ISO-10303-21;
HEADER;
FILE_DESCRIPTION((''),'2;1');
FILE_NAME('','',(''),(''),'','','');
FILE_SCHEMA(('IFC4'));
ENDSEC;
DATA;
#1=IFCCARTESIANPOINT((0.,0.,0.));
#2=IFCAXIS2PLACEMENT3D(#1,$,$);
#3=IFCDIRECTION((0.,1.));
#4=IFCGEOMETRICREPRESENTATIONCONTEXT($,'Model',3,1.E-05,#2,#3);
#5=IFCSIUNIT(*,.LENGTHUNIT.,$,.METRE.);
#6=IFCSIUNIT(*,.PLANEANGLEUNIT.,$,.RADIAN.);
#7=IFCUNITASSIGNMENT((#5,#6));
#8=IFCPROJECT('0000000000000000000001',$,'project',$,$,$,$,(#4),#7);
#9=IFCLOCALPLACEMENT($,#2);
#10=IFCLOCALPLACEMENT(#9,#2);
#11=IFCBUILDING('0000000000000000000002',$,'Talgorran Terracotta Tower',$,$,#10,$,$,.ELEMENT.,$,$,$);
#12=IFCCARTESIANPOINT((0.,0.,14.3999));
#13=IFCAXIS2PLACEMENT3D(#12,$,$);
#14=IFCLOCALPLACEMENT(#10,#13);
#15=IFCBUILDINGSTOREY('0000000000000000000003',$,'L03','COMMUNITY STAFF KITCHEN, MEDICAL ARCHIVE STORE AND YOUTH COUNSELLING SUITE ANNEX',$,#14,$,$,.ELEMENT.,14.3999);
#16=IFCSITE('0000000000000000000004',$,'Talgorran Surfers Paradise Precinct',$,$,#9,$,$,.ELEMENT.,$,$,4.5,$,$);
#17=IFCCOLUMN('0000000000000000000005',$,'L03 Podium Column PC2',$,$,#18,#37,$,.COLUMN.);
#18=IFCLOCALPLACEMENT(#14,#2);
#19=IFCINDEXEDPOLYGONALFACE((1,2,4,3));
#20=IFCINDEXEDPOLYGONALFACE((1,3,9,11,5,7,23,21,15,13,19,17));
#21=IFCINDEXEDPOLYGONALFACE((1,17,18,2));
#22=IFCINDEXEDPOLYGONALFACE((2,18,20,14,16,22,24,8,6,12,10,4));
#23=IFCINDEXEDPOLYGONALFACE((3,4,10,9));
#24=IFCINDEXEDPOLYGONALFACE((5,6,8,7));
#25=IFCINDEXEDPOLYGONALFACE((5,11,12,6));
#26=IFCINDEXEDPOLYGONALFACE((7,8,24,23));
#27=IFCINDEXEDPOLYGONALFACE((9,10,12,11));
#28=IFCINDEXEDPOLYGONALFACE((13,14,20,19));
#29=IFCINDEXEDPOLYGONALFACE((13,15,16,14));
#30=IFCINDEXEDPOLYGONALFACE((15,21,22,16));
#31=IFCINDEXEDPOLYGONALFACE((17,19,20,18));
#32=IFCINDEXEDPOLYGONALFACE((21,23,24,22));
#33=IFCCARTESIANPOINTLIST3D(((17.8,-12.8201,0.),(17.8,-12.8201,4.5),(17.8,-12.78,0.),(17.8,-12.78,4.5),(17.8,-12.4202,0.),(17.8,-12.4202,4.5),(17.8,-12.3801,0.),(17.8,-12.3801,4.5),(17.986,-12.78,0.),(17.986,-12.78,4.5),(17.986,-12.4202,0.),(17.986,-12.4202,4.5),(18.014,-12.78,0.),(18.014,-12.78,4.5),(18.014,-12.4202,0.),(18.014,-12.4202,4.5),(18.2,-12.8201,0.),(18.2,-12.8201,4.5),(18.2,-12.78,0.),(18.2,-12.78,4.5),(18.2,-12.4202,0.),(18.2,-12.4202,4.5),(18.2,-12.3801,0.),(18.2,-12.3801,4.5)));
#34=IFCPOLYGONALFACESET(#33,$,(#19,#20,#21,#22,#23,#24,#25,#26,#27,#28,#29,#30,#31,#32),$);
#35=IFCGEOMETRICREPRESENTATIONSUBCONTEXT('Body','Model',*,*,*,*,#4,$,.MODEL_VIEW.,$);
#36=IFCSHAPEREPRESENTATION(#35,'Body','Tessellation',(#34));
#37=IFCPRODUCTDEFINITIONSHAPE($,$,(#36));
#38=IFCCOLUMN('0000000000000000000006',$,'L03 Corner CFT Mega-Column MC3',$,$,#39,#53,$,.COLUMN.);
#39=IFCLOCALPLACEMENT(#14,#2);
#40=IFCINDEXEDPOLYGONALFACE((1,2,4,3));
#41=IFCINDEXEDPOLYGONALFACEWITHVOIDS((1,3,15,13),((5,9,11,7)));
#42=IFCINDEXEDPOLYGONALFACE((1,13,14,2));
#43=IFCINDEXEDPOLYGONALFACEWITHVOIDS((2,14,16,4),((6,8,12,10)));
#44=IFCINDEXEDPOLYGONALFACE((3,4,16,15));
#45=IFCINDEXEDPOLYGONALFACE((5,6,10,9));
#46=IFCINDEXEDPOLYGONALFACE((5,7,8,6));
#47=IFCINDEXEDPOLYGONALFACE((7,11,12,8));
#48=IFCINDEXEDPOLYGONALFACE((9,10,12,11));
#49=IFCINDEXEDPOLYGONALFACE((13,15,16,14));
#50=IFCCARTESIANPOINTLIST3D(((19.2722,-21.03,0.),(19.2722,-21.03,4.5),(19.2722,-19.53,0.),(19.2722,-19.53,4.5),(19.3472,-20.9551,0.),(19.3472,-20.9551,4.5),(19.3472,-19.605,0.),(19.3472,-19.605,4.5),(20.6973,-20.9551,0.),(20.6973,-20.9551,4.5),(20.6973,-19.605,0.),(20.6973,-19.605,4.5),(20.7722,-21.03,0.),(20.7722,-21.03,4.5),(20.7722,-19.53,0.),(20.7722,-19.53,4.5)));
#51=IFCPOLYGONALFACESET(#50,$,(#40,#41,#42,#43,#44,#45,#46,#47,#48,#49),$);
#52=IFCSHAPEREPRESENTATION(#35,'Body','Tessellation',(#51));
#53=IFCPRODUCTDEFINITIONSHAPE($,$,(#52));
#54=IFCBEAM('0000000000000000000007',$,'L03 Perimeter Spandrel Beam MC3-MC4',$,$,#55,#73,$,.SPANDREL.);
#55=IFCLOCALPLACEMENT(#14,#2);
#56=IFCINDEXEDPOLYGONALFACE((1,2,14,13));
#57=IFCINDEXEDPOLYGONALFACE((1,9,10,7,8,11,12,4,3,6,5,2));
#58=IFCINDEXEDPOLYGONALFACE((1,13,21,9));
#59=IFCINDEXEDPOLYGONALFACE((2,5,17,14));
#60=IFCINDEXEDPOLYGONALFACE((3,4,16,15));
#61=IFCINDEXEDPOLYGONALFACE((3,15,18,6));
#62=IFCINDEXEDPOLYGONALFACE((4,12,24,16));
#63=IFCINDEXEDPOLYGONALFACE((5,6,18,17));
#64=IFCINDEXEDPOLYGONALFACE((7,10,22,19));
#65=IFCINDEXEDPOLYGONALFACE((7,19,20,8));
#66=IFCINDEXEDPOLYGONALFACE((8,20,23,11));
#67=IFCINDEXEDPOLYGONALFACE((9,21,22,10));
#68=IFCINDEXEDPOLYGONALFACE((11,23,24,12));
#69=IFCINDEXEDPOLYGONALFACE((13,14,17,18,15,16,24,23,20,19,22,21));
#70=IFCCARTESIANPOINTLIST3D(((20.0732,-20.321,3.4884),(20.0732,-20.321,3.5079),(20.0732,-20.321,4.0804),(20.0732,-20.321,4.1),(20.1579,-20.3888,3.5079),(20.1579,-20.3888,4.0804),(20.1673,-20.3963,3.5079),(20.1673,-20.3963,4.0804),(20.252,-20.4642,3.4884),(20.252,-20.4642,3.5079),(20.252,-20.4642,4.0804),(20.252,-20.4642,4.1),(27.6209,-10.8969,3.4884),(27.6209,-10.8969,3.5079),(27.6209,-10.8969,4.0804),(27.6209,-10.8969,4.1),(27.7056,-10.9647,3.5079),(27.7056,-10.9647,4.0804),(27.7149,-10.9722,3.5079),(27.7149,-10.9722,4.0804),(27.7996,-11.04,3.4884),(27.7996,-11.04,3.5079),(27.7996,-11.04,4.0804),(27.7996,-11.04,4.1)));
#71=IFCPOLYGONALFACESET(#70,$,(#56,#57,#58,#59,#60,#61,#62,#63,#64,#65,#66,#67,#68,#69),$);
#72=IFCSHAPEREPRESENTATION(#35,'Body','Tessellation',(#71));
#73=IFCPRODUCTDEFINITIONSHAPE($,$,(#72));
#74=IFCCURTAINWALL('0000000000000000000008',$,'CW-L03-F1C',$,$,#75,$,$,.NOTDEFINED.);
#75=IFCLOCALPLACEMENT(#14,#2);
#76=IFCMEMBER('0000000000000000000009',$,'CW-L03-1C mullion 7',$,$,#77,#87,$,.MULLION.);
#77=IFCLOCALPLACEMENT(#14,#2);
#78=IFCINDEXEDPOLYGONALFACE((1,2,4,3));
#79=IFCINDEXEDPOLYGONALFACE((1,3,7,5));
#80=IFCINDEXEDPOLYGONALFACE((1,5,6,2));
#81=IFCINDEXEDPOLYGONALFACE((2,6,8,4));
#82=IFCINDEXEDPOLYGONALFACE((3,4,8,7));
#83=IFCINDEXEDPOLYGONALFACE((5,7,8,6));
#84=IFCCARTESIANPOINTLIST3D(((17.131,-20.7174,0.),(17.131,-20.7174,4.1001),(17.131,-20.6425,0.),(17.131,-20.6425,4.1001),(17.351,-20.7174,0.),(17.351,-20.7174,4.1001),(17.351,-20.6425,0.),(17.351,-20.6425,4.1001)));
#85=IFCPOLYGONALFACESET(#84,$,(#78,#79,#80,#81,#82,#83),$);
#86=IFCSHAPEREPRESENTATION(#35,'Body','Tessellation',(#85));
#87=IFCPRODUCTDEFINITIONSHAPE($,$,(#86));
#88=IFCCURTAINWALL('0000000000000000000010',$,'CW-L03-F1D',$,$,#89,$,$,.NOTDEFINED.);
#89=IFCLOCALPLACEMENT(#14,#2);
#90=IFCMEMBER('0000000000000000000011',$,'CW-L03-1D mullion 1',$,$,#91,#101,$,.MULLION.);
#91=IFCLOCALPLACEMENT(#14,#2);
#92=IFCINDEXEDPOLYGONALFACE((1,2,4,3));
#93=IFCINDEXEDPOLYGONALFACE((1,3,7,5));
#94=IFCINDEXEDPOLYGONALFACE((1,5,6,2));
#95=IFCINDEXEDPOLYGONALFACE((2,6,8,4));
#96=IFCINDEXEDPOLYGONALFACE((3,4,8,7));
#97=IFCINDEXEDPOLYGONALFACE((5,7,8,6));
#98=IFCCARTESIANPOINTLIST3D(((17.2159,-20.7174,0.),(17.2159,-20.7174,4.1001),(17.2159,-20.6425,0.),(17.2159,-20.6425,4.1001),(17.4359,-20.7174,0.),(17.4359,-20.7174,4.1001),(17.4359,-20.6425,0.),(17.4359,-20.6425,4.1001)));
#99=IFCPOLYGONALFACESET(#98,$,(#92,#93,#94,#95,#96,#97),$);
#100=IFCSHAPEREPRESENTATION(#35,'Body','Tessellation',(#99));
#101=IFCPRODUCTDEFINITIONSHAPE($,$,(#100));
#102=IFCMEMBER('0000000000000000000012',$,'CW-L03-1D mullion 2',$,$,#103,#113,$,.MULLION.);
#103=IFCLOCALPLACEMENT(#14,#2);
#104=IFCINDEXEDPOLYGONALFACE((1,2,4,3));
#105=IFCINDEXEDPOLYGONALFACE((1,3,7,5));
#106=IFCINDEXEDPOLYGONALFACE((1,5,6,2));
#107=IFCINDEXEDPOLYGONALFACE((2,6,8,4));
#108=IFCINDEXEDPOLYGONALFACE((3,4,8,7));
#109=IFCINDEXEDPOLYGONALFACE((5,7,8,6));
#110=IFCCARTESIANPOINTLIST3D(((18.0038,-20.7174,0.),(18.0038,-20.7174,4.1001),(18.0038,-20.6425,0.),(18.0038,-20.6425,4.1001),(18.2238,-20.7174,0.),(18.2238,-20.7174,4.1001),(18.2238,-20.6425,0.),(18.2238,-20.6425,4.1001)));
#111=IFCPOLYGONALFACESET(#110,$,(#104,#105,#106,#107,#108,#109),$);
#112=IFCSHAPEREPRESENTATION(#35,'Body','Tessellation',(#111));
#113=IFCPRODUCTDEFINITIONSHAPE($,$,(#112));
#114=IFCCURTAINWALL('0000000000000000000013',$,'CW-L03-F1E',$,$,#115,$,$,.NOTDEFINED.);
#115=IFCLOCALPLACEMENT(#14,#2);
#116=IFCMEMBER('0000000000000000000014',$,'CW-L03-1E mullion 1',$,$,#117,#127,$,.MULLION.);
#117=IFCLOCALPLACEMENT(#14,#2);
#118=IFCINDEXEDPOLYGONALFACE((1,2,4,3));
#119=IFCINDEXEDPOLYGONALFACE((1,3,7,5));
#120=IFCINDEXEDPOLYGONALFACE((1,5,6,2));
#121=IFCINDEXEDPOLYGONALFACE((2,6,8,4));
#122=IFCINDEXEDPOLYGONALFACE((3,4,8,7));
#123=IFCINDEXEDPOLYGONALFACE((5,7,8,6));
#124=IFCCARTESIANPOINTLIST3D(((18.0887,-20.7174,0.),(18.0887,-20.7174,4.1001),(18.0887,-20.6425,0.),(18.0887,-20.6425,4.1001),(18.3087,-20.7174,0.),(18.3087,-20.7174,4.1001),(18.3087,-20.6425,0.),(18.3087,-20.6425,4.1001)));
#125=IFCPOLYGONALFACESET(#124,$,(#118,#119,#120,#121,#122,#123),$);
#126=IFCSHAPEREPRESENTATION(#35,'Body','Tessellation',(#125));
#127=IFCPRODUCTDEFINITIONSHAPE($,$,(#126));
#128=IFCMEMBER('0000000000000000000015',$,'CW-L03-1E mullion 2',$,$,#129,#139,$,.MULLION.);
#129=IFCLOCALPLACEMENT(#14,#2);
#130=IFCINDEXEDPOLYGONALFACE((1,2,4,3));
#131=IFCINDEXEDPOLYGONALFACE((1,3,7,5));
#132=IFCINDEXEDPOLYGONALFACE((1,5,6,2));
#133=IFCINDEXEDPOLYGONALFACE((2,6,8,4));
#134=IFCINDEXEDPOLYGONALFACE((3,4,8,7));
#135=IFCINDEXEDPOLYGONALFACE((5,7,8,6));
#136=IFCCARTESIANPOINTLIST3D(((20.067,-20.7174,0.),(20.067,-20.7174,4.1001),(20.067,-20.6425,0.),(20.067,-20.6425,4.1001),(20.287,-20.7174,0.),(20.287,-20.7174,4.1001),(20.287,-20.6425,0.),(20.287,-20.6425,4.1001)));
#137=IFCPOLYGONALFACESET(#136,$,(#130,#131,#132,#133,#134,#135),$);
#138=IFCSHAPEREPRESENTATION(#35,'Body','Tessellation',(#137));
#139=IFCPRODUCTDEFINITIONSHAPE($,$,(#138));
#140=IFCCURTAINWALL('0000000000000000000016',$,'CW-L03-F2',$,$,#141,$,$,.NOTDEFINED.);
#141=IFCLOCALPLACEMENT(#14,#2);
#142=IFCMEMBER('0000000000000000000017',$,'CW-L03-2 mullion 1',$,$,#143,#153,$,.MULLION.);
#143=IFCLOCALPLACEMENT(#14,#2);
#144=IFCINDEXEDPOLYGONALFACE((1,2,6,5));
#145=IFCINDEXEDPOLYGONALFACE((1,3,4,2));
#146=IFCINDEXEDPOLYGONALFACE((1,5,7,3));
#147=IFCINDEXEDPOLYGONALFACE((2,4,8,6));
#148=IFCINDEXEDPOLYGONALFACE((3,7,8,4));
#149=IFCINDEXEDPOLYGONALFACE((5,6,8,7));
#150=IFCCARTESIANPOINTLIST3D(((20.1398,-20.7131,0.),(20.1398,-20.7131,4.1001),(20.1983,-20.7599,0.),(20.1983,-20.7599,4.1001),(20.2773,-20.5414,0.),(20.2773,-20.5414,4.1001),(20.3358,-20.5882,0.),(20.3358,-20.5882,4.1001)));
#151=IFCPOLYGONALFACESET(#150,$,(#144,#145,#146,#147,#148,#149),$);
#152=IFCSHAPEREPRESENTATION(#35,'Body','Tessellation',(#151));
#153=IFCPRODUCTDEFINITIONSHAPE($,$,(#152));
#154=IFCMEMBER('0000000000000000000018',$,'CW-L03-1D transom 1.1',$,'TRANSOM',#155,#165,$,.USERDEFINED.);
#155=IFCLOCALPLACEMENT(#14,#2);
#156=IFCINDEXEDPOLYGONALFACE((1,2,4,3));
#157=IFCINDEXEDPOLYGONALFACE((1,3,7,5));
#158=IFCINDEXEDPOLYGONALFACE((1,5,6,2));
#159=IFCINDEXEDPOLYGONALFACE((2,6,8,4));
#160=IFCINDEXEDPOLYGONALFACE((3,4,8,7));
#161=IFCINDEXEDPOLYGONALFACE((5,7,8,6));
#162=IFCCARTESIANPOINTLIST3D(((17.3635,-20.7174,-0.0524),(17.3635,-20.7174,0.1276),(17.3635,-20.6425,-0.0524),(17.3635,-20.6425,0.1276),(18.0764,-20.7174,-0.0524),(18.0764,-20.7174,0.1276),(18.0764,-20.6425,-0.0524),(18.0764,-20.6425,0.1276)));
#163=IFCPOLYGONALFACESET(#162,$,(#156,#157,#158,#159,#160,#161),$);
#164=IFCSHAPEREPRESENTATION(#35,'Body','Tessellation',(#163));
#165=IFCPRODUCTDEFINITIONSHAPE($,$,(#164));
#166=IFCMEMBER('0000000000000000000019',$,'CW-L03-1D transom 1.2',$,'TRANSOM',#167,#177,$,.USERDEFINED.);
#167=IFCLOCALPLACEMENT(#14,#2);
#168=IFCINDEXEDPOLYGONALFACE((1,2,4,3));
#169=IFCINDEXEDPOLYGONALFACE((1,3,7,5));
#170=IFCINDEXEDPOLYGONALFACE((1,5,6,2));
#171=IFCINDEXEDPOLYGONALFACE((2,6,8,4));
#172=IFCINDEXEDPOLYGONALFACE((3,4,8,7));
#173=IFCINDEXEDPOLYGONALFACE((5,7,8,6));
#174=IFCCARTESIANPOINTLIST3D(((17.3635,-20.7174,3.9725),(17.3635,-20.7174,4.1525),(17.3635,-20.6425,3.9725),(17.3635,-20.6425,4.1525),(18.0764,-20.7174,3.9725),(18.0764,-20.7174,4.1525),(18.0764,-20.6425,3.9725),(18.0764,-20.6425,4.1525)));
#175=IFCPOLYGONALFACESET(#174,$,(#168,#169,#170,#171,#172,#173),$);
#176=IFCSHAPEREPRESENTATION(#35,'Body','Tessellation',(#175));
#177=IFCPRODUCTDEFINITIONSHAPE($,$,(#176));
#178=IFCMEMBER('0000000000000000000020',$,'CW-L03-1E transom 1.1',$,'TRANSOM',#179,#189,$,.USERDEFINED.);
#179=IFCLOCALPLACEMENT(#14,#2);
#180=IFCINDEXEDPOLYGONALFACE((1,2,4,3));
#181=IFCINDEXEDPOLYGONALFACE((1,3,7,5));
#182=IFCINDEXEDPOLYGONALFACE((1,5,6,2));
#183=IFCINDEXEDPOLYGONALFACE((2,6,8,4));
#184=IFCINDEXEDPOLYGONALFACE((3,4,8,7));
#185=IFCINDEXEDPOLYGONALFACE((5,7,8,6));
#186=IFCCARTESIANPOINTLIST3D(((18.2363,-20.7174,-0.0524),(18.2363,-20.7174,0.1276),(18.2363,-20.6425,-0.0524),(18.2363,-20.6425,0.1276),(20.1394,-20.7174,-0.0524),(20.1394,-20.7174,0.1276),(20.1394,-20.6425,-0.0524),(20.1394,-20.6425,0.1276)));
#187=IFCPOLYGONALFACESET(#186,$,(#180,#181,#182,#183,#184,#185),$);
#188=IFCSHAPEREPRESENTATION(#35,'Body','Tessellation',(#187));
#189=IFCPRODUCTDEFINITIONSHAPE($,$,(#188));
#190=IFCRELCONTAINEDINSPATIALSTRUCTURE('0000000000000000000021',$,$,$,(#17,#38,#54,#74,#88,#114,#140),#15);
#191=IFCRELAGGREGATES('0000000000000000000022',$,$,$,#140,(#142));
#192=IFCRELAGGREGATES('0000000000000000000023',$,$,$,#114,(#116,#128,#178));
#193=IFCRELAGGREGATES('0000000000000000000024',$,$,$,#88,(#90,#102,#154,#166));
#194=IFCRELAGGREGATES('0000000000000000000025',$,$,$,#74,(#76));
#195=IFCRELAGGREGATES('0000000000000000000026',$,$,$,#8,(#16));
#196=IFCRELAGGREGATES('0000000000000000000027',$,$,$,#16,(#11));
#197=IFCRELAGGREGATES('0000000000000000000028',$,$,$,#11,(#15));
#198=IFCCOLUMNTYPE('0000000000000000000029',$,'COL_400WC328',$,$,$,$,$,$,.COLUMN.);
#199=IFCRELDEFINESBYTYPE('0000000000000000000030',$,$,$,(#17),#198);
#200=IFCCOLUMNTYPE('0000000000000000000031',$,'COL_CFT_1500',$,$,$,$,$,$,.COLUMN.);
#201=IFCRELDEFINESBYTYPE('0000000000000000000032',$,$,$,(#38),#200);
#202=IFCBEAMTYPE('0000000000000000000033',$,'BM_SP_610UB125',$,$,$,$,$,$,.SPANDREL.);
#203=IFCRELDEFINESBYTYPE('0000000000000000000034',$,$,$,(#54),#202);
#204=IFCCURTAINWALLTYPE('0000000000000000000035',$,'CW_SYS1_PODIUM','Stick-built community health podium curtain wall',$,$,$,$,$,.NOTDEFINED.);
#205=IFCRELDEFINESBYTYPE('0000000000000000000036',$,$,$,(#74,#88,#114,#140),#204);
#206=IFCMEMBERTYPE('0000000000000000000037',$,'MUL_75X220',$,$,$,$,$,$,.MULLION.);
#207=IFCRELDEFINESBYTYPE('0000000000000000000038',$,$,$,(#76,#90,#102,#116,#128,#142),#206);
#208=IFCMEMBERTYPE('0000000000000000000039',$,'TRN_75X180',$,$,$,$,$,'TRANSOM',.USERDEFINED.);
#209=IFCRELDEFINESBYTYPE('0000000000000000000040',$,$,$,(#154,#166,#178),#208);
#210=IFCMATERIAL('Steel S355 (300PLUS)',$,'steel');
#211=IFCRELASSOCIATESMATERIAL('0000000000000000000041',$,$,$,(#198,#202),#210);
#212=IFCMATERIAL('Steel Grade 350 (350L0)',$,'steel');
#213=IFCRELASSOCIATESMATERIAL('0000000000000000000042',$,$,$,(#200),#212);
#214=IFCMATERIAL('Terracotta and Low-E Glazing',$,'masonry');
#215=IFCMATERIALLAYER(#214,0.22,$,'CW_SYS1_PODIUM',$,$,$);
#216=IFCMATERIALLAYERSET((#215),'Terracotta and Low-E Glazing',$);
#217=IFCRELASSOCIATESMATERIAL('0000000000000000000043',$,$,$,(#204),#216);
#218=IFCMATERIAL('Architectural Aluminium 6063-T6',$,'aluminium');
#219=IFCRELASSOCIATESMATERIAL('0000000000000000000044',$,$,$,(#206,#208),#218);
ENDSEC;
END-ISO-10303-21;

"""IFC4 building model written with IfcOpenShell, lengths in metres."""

from ifc_helpers import new_model, si_unit, direction, frame, origin, origin_2d, place, context, subcontext, project, spatial, rectangle, hollow_rectangle, i_section, extrude, material, layer, layer_set, material_profile, profile_set, type_object, element, aggregate, save


model = new_model("IFC4")

# Units and contexts
model_context = context("Model", 3, precision=1e-05, world=origin(), true_north=direction((0.0, 1.0)))
body_context = subcontext(model_context, "Body", "Model", "MODEL_VIEW")
ifc_project = project(units=[si_unit("LENGTHUNIT", "METRE"), si_unit("PLANEANGLEUNIT", "RADIAN")], contexts=[model_context])

# Site, building, storey
site_placement = place(None, origin())
site = spatial("IfcSite", under=ifc_project, at=site_placement, Name="Talgorran Surfers Paradise Precinct", CompositionType="ELEMENT", RefElevation=4.5)
building_placement = place(site_placement, origin())
building = spatial("IfcBuilding", under=site, at=building_placement, Name="Talgorran Terracotta Tower", CompositionType="ELEMENT")
storey_placement = place(building_placement, frame((0.0, 0.0, 14.3999)))
storey = spatial("IfcBuildingStorey", under=building, at=storey_placement, Name="L03", Description="COMMUNITY STAFF KITCHEN, MEDICAL ARCHIVE STORE AND YOUTH COUNSELLING SUITE ANNEX", CompositionType="ELEMENT", Elevation=14.3999)

# Columns
ifc_material_1 = material(Name="Steel S355 (300PLUS)", Category="steel")
ifc_material_profile_1 = material_profile(ifc_material_1, i_section(OverallWidth=0.3999, OverallDepth=0.4399, WebThickness=0.0281, FlangeThickness=0.04, at=origin_2d()), Name="400WC328")
ifc_profile_set_1 = profile_set([ifc_material_profile_1], Name="Steel S355 (300PLUS)")
column_type_1 = type_object("IfcColumnType", Name="COL_400WC328", PredefinedType="COLUMN", material=ifc_profile_set_1)
column_1_placement = place(storey_placement, frame((18.0, -12.6001, 0.0), z_axis=(0.0, 0.0, 1.0), x_axis=(1.0, 0.0, 0.0)))
element("IfcColumn", 1, at=column_1_placement, inside=storey, type_object=column_type_1, Name="L03 Podium Column PC2", PredefinedType="COLUMN", context=body_context, shape_type="SweptSolid", body=[
    extrude(i_section(OverallWidth=0.3999, OverallDepth=0.4399, WebThickness=0.0281, FlangeThickness=0.04, at=origin_2d()), origin(), (0.0, 0.0, 1.0), 4.5),
])
ifc_material_2 = material(Name="Steel Grade 350 (350L0)", Category="steel")
ifc_material_profile_2 = material_profile(ifc_material_2, hollow_rectangle(XDim=1.5, YDim=1.5, WallThickness=0.075, at=origin_2d()), Name="CFT1500X1500X75")
ifc_profile_set_2 = profile_set([ifc_material_profile_2], Name="Steel Grade 350 (350L0)")
column_type_2 = type_object("IfcColumnType", Name="COL_CFT_1500", PredefinedType="COLUMN", material=ifc_profile_set_2)
column_2_placement = place(storey_placement, frame((20.0222, -20.28, 0.0), z_axis=(0.0, 0.0, 1.0), x_axis=(1.0, 0.0, 0.0)))
element("IfcColumn", 2, at=column_2_placement, inside=storey, type_object=column_type_2, Name="L03 Corner CFT Mega-Column MC3", PredefinedType="COLUMN", context=body_context, shape_type="SweptSolid", body=[
    extrude(hollow_rectangle(XDim=1.5, YDim=1.5, WallThickness=0.075, at=origin_2d()), origin(), (0.0, 0.0, 1.0), 4.5),
])

# Beam
ifc_material_profile_3 = material_profile(ifc_material_1, i_section(OverallWidth=0.229, OverallDepth=0.6116, WebThickness=0.012, FlangeThickness=0.0195, at=origin_2d()), Name="610UB125")
ifc_profile_set_3 = profile_set([ifc_material_profile_3], Name="Steel S355 (300PLUS)")
beam_type = type_object("IfcBeamType", Name="BM_SP_610UB125", PredefinedType="SPANDREL", material=ifc_profile_set_3)
beam_placement = place(storey_placement, frame((20.1626, -20.3926, 3.7942), z_axis=(0.625117, 0.780531, 0.0), x_axis=(-0.780531, 0.625117, 0.0)))
element("IfcBeam", 3, at=beam_placement, inside=storey, type_object=beam_type, Name="L03 Perimeter Spandrel Beam MC3-MC4", PredefinedType="SPANDREL", context=body_context, shape_type="SweptSolid", body=[
    extrude(i_section(OverallWidth=0.229, OverallDepth=0.6116, WebThickness=0.012, FlangeThickness=0.0195, at=origin_2d()), origin(), (0.0, 0.0, 1.0), 12.074),
])

# Curtain wall, member
ifc_material_3 = material(Name="Terracotta and Low-E Glazing", Category="masonry")
ifc_layer_1 = layer(ifc_material_3, 0.22, Name="CW_SYS1_PODIUM")
ifc_layer_set_1 = layer_set([ifc_layer_1], Name="Terracotta and Low-E Glazing")
curtain_wall_type = type_object("IfcCurtainWallType", Name="CW_SYS1_PODIUM", Description="Stick-built community health podium curtain wall", PredefinedType="NOTDEFINED", material=ifc_layer_set_1)
curtain_wall_1_placement = place(storey_placement, origin())
curtain_wall_1 = element("IfcCurtainWall", 4, at=curtain_wall_1_placement, inside=storey, type_object=curtain_wall_type, Name="CW-L03-F1C", PredefinedType="NOTDEFINED")
ifc_material_4 = material(Name="Architectural Aluminium 6063-T6", Category="aluminium")
ifc_material_profile_4 = material_profile(ifc_material_4, rectangle(XDim=0.075, YDim=0.22, at=origin_2d()), Name="CWM75X220")
ifc_profile_set_4 = profile_set([ifc_material_profile_4], Name="Architectural Aluminium 6063-T6")
member_type_1 = type_object("IfcMemberType", Name="MUL_75X220", PredefinedType="MULLION", material=ifc_profile_set_4)
member_1_placement = place(storey_placement, frame((17.241, -20.6799, 0.0), z_axis=(0.0, 0.0, 1.0), x_axis=(0.0, 1.0, 0.0)))
member_1 = element("IfcMember", 5, at=member_1_placement, type_object=member_type_1, Name="CW-L03-1C mullion 7", PredefinedType="MULLION", context=body_context, shape_type="SweptSolid", body=[
    extrude(rectangle(XDim=0.075, YDim=0.22, at=origin_2d()), origin(), (0.0, 0.0, 1.0), 4.1001),
])

# Curtain walls, members
curtain_wall_2_placement = place(storey_placement, origin())
curtain_wall_2 = element("IfcCurtainWall", 6, at=curtain_wall_2_placement, inside=storey, type_object=curtain_wall_type, Name="CW-L03-F1D", PredefinedType="NOTDEFINED")
member_2_placement = place(storey_placement, frame((17.3259, -20.6799, 0.0), z_axis=(0.0, 0.0, 1.0), x_axis=(0.0, 1.0, 0.0)))
member_2 = element("IfcMember", 7, at=member_2_placement, type_object=member_type_1, Name="CW-L03-1D mullion 1", PredefinedType="MULLION", context=body_context, shape_type="SweptSolid", body=[
    extrude(rectangle(XDim=0.075, YDim=0.22, at=origin_2d()), origin(), (0.0, 0.0, 1.0), 4.1001),
])
member_3_placement = place(storey_placement, frame((18.1138, -20.6799, 0.0), z_axis=(0.0, 0.0, 1.0), x_axis=(0.0, 1.0, 0.0)))
member_3 = element("IfcMember", 8, at=member_3_placement, type_object=member_type_1, Name="CW-L03-1D mullion 2", PredefinedType="MULLION", context=body_context, shape_type="SweptSolid", body=[
    extrude(rectangle(XDim=0.075, YDim=0.22, at=origin_2d()), origin(), (0.0, 0.0, 1.0), 4.1001),
])
curtain_wall_3_placement = place(storey_placement, origin())
curtain_wall_3 = element("IfcCurtainWall", 9, at=curtain_wall_3_placement, inside=storey, type_object=curtain_wall_type, Name="CW-L03-F1E", PredefinedType="NOTDEFINED")
member_4_placement = place(storey_placement, frame((18.1987, -20.6799, 0.0), z_axis=(0.0, 0.0, 1.0), x_axis=(0.0, 1.0, 0.0)))
member_4 = element("IfcMember", 10, at=member_4_placement, type_object=member_type_1, Name="CW-L03-1E mullion 1", PredefinedType="MULLION", context=body_context, shape_type="SweptSolid", body=[
    extrude(rectangle(XDim=0.075, YDim=0.22, at=origin_2d()), origin(), (0.0, 0.0, 1.0), 4.1001),
])
member_5_placement = place(storey_placement, frame((20.177, -20.6799, 0.0), z_axis=(0.0, 0.0, 1.0), x_axis=(0.0, 1.0, 0.0)))
member_5 = element("IfcMember", 11, at=member_5_placement, type_object=member_type_1, Name="CW-L03-1E mullion 2", PredefinedType="MULLION", context=body_context, shape_type="SweptSolid", body=[
    extrude(rectangle(XDim=0.075, YDim=0.22, at=origin_2d()), origin(), (0.0, 0.0, 1.0), 4.1001),
])

# Curtain wall, member
curtain_wall_4_placement = place(storey_placement, origin())
curtain_wall_4 = element("IfcCurtainWall", 12, at=curtain_wall_4_placement, inside=storey, type_object=curtain_wall_type, Name="CW-L03-F2", PredefinedType="NOTDEFINED")
member_6_placement = place(storey_placement, frame((20.2378, -20.6506, 0.0), z_axis=(0.0, 0.0, 1.0), x_axis=(-0.780532, 0.625116, 0.0)))
member_6 = element("IfcMember", 13, at=member_6_placement, type_object=member_type_1, Name="CW-L03-2 mullion 1", PredefinedType="MULLION", context=body_context, shape_type="SweptSolid", body=[
    extrude(rectangle(XDim=0.075, YDim=0.22, at=origin_2d()), origin(), (0.0, 0.0, 1.0), 4.1001),
])
aggregate(curtain_wall_4, [member_6])

# Members
ifc_material_profile_5 = material_profile(ifc_material_4, rectangle(XDim=0.075, YDim=0.1799, at=origin_2d()), Name="CWT75X180")
ifc_profile_set_5 = profile_set([ifc_material_profile_5], Name="Architectural Aluminium 6063-T6")
member_type_2 = type_object("IfcMemberType", Name="TRN_75X180", ElementType="TRANSOM", PredefinedType="USERDEFINED", material=ifc_profile_set_5)
member_7_placement = place(storey_placement, frame((17.3635, -20.6799, 0.0376), z_axis=(1.0, 0.0, 0.0), x_axis=(0.0, 1.0, 0.0)))
member_7 = element("IfcMember", 14, at=member_7_placement, type_object=member_type_2, Name="CW-L03-1D transom 1.1", ObjectType="TRANSOM", PredefinedType="USERDEFINED", context=body_context, shape_type="SweptSolid", body=[
    extrude(rectangle(XDim=0.075, YDim=0.1799, at=origin_2d()), origin(), (0.0, 0.0, 1.0), 0.7129),
])
member_8_placement = place(storey_placement, frame((17.3635, -20.6799, 4.0625), z_axis=(1.0, 0.0, 0.0), x_axis=(0.0, 1.0, 0.0)))
member_8 = element("IfcMember", 15, at=member_8_placement, type_object=member_type_2, Name="CW-L03-1D transom 1.2", ObjectType="TRANSOM", PredefinedType="USERDEFINED", context=body_context, shape_type="SweptSolid", body=[
    extrude(rectangle(XDim=0.075, YDim=0.1799, at=origin_2d()), origin(), (0.0, 0.0, 1.0), 0.7129),
])
member_9_placement = place(storey_placement, frame((18.2363, -20.6799, 0.0376), z_axis=(1.0, 0.0, 0.0), x_axis=(0.0, 1.0, 0.0)))
member_9 = element("IfcMember", 16, at=member_9_placement, type_object=member_type_2, Name="CW-L03-1E transom 1.1", ObjectType="TRANSOM", PredefinedType="USERDEFINED", context=body_context, shape_type="SweptSolid", body=[
    extrude(rectangle(XDim=0.075, YDim=0.1799, at=origin_2d()), origin(), (0.0, 0.0, 1.0), 1.9031),
])

aggregate(curtain_wall_3, [member_4, member_5, member_9])
aggregate(curtain_wall_2, [member_2, member_3, member_7, member_8])
aggregate(curtain_wall_1, [member_1])

save(model, "model.ifc")
